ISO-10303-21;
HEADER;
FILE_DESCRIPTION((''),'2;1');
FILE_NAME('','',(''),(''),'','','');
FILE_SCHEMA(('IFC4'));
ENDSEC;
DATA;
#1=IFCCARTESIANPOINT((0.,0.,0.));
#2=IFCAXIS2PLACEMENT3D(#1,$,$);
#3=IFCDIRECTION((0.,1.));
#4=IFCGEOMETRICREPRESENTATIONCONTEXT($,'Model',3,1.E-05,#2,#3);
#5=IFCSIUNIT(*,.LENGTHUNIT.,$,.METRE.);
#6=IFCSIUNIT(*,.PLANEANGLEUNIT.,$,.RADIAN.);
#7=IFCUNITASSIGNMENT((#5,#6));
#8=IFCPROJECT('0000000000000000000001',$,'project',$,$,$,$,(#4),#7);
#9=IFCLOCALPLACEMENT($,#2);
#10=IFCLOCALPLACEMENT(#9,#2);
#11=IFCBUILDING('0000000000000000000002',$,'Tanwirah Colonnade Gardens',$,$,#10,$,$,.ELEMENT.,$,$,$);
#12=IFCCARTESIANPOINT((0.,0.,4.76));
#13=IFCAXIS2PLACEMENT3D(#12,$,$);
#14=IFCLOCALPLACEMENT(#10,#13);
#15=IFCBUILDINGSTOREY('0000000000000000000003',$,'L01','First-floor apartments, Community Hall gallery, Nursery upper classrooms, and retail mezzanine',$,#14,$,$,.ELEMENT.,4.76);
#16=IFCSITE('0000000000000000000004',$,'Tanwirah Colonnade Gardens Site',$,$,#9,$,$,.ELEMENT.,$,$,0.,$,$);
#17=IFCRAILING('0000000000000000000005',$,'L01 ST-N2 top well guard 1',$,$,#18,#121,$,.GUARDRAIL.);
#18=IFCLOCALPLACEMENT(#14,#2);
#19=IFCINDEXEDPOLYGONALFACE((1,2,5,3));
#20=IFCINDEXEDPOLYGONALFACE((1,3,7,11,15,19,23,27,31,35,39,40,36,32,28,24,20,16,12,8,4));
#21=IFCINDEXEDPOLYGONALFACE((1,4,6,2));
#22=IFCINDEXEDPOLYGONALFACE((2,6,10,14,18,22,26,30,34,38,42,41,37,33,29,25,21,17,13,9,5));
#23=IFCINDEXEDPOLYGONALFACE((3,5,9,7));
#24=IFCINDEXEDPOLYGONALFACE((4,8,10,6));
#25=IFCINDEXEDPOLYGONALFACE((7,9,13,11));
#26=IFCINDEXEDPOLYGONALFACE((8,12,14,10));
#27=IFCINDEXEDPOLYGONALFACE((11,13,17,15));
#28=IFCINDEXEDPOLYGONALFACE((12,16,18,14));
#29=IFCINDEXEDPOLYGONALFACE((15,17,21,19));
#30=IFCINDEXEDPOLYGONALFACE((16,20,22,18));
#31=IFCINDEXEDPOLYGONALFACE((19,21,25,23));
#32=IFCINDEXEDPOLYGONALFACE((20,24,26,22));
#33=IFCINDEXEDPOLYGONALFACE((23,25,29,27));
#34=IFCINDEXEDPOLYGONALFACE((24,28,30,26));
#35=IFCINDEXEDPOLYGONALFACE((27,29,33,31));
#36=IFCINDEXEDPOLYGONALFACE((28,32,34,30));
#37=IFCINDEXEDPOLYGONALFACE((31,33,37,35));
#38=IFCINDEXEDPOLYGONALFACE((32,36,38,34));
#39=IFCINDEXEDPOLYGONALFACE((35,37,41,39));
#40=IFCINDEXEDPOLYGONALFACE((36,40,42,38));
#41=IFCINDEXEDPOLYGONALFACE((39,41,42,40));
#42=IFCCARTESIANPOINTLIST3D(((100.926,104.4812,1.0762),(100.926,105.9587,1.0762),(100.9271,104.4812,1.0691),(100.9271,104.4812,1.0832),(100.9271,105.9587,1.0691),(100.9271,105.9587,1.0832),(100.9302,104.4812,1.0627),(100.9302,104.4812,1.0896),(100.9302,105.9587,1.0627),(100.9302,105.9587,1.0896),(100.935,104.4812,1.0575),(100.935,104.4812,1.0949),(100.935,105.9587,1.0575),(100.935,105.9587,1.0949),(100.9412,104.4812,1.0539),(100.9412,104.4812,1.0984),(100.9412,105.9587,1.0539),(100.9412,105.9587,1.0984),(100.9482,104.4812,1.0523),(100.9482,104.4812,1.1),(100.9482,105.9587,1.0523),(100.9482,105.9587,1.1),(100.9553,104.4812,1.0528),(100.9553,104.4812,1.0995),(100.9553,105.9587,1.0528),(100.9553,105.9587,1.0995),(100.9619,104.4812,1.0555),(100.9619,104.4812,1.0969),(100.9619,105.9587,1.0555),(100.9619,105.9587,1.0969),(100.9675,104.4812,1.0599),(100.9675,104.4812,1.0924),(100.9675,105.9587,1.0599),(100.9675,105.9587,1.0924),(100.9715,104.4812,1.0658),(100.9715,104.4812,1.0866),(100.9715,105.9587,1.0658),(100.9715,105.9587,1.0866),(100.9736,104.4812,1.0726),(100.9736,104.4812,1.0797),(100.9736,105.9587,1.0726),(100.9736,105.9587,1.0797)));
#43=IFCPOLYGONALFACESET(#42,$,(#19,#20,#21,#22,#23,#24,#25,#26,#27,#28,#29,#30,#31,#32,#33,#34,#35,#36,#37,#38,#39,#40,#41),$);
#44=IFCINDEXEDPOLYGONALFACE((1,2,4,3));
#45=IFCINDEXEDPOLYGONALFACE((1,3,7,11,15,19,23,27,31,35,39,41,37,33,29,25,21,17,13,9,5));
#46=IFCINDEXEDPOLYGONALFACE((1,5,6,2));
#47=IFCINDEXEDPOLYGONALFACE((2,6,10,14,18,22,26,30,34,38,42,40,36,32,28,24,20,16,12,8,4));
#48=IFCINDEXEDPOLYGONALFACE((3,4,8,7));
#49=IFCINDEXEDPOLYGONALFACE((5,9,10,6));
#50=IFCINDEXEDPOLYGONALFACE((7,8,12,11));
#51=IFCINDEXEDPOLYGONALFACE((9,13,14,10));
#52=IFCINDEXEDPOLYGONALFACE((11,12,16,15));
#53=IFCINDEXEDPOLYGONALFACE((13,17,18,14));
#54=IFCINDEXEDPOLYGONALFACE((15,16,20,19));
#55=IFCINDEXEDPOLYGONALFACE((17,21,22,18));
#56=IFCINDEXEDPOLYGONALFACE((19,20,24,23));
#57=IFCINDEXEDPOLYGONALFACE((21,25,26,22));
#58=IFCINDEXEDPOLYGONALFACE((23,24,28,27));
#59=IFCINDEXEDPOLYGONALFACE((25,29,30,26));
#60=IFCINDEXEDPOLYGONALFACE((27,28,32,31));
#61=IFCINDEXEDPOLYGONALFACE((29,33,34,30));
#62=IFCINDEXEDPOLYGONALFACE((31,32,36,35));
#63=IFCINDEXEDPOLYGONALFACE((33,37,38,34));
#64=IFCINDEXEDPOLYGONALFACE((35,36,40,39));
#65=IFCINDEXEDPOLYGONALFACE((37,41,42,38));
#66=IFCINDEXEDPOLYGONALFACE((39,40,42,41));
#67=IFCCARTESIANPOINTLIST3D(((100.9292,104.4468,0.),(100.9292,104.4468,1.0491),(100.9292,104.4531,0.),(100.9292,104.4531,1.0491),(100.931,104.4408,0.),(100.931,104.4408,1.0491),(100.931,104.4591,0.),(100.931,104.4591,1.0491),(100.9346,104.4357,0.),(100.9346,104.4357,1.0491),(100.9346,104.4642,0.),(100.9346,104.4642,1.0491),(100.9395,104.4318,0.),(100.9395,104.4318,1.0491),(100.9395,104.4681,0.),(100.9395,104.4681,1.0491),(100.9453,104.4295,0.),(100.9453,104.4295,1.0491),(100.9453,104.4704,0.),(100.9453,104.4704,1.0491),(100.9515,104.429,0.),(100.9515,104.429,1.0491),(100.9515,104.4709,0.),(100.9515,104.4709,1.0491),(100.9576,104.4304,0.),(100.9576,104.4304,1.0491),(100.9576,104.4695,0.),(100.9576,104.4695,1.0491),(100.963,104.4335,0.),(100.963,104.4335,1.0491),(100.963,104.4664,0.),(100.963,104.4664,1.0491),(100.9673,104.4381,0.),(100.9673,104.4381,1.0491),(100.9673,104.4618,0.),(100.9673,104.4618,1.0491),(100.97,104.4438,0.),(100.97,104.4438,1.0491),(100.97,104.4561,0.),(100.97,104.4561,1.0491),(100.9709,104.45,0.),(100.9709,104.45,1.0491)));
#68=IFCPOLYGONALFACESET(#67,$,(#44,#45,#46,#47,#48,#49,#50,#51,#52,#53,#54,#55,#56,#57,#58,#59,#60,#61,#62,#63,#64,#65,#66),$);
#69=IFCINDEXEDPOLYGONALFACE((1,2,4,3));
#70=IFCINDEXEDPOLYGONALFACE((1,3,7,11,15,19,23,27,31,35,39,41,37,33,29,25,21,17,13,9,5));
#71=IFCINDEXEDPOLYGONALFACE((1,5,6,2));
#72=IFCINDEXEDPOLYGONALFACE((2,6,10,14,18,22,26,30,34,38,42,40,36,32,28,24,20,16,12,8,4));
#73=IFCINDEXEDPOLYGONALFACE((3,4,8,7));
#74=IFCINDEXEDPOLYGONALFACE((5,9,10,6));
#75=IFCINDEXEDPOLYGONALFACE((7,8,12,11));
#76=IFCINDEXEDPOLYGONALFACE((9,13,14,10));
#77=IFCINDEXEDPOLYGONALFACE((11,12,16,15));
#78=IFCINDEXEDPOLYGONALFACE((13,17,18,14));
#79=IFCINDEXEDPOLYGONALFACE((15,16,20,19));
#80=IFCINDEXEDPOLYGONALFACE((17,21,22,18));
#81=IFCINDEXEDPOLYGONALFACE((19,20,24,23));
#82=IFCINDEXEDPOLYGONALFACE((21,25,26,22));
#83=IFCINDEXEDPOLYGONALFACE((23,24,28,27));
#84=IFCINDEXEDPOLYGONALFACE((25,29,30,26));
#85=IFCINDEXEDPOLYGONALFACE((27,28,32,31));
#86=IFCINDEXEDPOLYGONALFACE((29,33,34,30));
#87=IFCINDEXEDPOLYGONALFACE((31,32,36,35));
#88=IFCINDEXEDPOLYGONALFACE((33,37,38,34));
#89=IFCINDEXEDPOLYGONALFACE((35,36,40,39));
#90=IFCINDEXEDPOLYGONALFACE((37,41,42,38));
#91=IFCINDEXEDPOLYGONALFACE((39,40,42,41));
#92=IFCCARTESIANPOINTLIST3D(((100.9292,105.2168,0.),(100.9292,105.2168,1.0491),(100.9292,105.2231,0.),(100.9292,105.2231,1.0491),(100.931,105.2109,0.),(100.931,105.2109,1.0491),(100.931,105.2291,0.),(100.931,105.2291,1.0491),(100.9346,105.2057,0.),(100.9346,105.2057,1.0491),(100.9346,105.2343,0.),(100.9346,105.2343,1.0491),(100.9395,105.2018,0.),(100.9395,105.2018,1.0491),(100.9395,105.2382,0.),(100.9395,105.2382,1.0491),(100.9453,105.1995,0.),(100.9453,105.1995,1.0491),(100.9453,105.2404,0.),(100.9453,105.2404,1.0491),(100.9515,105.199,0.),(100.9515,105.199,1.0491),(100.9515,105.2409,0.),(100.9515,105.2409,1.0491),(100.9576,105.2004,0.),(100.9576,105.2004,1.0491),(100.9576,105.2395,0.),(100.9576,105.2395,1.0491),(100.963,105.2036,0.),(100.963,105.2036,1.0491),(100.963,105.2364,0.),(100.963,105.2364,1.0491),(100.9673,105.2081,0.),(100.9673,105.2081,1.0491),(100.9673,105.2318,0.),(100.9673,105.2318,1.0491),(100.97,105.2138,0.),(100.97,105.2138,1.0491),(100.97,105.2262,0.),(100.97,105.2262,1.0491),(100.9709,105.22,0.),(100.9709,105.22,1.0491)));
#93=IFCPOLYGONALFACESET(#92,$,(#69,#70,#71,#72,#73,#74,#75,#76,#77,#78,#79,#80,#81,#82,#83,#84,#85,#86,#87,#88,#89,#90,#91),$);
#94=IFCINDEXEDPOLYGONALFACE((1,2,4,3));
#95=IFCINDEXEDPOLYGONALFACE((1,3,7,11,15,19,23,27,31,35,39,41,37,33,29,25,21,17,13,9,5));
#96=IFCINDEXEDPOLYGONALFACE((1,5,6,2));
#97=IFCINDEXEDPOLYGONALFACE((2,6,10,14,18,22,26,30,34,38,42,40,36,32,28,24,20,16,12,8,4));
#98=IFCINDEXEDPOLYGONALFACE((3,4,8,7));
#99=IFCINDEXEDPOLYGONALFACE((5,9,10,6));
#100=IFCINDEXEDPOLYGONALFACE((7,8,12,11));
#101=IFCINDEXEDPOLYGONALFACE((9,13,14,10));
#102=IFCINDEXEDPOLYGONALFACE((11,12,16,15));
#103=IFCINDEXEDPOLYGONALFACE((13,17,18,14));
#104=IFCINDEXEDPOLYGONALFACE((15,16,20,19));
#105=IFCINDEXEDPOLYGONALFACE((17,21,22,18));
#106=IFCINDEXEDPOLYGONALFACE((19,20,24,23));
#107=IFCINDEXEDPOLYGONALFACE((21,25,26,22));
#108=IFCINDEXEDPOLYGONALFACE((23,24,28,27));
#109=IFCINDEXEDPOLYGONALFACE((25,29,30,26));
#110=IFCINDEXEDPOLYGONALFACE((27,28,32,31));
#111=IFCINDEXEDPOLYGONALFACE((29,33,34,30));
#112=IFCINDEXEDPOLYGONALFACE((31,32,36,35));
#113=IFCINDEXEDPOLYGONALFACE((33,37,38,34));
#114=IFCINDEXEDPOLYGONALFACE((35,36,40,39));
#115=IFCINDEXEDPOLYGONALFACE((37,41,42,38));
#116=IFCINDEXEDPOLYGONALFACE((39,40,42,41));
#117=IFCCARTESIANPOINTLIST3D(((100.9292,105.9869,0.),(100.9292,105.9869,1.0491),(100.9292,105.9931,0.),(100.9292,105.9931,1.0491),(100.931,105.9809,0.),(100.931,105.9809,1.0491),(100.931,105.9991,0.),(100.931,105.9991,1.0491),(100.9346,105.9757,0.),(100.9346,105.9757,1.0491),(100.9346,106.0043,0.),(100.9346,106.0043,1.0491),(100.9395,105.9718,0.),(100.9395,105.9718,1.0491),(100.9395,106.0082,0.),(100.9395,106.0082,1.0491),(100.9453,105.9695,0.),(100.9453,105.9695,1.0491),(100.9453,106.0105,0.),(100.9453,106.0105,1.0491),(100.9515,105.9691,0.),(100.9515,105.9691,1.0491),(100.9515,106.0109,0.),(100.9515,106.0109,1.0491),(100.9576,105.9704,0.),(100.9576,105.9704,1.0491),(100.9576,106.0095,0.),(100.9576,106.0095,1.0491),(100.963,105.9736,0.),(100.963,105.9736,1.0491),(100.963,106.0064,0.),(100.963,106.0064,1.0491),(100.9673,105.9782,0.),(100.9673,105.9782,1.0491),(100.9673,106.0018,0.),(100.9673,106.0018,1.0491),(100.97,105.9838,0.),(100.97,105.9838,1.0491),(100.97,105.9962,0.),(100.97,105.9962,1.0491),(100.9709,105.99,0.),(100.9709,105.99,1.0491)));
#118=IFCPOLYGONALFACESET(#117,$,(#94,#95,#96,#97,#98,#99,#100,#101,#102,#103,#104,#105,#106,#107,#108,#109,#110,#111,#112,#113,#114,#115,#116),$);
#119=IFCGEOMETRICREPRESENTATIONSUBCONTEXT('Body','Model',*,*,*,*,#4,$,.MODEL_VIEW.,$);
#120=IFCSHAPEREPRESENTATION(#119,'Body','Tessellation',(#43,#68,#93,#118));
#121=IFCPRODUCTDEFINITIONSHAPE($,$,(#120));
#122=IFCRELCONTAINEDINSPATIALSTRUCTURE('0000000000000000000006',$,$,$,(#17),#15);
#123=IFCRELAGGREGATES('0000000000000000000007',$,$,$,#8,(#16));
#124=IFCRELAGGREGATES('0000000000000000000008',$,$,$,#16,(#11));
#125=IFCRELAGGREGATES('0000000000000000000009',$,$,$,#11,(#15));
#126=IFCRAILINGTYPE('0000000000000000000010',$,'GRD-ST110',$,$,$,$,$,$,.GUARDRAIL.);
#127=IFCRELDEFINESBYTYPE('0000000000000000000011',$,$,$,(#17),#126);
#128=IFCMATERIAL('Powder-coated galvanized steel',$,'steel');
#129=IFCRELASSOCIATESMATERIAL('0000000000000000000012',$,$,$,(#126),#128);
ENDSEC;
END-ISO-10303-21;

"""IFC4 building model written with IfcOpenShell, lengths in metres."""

from ifc_helpers import new_model, si_unit, direction, frame, origin, origin_2d, place, context, subcontext, project, spatial, circle, extrude, material, type_object, element, save


model = new_model("IFC4")

# Units and contexts
model_context = context("Model", 3, precision=1e-05, world=origin(), true_north=direction((0.0, 1.0)))
body_context = subcontext(model_context, "Body", "Model", "MODEL_VIEW")
ifc_project = project(units=[si_unit("LENGTHUNIT", "METRE"), si_unit("PLANEANGLEUNIT", "RADIAN")], contexts=[model_context])

# Site, building, storey
site_placement = place(None, origin())
site = spatial("IfcSite", under=ifc_project, at=site_placement, Name="Tanwirah Colonnade Gardens Site", CompositionType="ELEMENT", RefElevation=0.0)
building_placement = place(site_placement, origin())
building = spatial("IfcBuilding", under=site, at=building_placement, Name="Tanwirah Colonnade Gardens", CompositionType="ELEMENT")
storey_placement = place(building_placement, frame((0.0, 0.0, 4.76)))
storey = spatial("IfcBuildingStorey", under=building, at=storey_placement, Name="L01", Description="First-floor apartments, Community Hall gallery, Nursery upper classrooms, and retail mezzanine", CompositionType="ELEMENT", Elevation=4.76)

# Railing
ifc_material_1 = material(Name="Powder-coated galvanized steel", Category="steel")
railing_type = type_object("IfcRailingType", Name="GRD-ST110", PredefinedType="GUARDRAIL", material=ifc_material_1)
railing_placement = place(storey_placement, frame((100.95, 104.45, 0.0)))
element("IfcRailing", 1, at=railing_placement, inside=storey, type_object=railing_type, Name="L01 ST-N2 top well guard 1", PredefinedType="GUARDRAIL", context=body_context, shape_type="SweptSolid", body=[
    extrude(circle(Radius=0.0239, at=origin_2d()), frame((0.0, 0.0312, 1.0762), z_axis=(0.0, 1.0, 0.0), x_axis=(-1.0, 0.0, 0.0)), (0.0, 0.0, 1.0), 1.4775),
    extrude(circle(Radius=0.021, at=origin_2d()), origin(), (0.0, 0.0, 1.0), 1.0491),
    extrude(circle(Radius=0.021, at=origin_2d()), frame((0.0, 0.77, 0.0)), (0.0, 0.0, 1.0), 1.0491),
    extrude(circle(Radius=0.021, at=origin_2d()), frame((0.0, 1.54, 0.0)), (0.0, 0.0, 1.0), 1.0491),
])

save(model, "model.ifc")
